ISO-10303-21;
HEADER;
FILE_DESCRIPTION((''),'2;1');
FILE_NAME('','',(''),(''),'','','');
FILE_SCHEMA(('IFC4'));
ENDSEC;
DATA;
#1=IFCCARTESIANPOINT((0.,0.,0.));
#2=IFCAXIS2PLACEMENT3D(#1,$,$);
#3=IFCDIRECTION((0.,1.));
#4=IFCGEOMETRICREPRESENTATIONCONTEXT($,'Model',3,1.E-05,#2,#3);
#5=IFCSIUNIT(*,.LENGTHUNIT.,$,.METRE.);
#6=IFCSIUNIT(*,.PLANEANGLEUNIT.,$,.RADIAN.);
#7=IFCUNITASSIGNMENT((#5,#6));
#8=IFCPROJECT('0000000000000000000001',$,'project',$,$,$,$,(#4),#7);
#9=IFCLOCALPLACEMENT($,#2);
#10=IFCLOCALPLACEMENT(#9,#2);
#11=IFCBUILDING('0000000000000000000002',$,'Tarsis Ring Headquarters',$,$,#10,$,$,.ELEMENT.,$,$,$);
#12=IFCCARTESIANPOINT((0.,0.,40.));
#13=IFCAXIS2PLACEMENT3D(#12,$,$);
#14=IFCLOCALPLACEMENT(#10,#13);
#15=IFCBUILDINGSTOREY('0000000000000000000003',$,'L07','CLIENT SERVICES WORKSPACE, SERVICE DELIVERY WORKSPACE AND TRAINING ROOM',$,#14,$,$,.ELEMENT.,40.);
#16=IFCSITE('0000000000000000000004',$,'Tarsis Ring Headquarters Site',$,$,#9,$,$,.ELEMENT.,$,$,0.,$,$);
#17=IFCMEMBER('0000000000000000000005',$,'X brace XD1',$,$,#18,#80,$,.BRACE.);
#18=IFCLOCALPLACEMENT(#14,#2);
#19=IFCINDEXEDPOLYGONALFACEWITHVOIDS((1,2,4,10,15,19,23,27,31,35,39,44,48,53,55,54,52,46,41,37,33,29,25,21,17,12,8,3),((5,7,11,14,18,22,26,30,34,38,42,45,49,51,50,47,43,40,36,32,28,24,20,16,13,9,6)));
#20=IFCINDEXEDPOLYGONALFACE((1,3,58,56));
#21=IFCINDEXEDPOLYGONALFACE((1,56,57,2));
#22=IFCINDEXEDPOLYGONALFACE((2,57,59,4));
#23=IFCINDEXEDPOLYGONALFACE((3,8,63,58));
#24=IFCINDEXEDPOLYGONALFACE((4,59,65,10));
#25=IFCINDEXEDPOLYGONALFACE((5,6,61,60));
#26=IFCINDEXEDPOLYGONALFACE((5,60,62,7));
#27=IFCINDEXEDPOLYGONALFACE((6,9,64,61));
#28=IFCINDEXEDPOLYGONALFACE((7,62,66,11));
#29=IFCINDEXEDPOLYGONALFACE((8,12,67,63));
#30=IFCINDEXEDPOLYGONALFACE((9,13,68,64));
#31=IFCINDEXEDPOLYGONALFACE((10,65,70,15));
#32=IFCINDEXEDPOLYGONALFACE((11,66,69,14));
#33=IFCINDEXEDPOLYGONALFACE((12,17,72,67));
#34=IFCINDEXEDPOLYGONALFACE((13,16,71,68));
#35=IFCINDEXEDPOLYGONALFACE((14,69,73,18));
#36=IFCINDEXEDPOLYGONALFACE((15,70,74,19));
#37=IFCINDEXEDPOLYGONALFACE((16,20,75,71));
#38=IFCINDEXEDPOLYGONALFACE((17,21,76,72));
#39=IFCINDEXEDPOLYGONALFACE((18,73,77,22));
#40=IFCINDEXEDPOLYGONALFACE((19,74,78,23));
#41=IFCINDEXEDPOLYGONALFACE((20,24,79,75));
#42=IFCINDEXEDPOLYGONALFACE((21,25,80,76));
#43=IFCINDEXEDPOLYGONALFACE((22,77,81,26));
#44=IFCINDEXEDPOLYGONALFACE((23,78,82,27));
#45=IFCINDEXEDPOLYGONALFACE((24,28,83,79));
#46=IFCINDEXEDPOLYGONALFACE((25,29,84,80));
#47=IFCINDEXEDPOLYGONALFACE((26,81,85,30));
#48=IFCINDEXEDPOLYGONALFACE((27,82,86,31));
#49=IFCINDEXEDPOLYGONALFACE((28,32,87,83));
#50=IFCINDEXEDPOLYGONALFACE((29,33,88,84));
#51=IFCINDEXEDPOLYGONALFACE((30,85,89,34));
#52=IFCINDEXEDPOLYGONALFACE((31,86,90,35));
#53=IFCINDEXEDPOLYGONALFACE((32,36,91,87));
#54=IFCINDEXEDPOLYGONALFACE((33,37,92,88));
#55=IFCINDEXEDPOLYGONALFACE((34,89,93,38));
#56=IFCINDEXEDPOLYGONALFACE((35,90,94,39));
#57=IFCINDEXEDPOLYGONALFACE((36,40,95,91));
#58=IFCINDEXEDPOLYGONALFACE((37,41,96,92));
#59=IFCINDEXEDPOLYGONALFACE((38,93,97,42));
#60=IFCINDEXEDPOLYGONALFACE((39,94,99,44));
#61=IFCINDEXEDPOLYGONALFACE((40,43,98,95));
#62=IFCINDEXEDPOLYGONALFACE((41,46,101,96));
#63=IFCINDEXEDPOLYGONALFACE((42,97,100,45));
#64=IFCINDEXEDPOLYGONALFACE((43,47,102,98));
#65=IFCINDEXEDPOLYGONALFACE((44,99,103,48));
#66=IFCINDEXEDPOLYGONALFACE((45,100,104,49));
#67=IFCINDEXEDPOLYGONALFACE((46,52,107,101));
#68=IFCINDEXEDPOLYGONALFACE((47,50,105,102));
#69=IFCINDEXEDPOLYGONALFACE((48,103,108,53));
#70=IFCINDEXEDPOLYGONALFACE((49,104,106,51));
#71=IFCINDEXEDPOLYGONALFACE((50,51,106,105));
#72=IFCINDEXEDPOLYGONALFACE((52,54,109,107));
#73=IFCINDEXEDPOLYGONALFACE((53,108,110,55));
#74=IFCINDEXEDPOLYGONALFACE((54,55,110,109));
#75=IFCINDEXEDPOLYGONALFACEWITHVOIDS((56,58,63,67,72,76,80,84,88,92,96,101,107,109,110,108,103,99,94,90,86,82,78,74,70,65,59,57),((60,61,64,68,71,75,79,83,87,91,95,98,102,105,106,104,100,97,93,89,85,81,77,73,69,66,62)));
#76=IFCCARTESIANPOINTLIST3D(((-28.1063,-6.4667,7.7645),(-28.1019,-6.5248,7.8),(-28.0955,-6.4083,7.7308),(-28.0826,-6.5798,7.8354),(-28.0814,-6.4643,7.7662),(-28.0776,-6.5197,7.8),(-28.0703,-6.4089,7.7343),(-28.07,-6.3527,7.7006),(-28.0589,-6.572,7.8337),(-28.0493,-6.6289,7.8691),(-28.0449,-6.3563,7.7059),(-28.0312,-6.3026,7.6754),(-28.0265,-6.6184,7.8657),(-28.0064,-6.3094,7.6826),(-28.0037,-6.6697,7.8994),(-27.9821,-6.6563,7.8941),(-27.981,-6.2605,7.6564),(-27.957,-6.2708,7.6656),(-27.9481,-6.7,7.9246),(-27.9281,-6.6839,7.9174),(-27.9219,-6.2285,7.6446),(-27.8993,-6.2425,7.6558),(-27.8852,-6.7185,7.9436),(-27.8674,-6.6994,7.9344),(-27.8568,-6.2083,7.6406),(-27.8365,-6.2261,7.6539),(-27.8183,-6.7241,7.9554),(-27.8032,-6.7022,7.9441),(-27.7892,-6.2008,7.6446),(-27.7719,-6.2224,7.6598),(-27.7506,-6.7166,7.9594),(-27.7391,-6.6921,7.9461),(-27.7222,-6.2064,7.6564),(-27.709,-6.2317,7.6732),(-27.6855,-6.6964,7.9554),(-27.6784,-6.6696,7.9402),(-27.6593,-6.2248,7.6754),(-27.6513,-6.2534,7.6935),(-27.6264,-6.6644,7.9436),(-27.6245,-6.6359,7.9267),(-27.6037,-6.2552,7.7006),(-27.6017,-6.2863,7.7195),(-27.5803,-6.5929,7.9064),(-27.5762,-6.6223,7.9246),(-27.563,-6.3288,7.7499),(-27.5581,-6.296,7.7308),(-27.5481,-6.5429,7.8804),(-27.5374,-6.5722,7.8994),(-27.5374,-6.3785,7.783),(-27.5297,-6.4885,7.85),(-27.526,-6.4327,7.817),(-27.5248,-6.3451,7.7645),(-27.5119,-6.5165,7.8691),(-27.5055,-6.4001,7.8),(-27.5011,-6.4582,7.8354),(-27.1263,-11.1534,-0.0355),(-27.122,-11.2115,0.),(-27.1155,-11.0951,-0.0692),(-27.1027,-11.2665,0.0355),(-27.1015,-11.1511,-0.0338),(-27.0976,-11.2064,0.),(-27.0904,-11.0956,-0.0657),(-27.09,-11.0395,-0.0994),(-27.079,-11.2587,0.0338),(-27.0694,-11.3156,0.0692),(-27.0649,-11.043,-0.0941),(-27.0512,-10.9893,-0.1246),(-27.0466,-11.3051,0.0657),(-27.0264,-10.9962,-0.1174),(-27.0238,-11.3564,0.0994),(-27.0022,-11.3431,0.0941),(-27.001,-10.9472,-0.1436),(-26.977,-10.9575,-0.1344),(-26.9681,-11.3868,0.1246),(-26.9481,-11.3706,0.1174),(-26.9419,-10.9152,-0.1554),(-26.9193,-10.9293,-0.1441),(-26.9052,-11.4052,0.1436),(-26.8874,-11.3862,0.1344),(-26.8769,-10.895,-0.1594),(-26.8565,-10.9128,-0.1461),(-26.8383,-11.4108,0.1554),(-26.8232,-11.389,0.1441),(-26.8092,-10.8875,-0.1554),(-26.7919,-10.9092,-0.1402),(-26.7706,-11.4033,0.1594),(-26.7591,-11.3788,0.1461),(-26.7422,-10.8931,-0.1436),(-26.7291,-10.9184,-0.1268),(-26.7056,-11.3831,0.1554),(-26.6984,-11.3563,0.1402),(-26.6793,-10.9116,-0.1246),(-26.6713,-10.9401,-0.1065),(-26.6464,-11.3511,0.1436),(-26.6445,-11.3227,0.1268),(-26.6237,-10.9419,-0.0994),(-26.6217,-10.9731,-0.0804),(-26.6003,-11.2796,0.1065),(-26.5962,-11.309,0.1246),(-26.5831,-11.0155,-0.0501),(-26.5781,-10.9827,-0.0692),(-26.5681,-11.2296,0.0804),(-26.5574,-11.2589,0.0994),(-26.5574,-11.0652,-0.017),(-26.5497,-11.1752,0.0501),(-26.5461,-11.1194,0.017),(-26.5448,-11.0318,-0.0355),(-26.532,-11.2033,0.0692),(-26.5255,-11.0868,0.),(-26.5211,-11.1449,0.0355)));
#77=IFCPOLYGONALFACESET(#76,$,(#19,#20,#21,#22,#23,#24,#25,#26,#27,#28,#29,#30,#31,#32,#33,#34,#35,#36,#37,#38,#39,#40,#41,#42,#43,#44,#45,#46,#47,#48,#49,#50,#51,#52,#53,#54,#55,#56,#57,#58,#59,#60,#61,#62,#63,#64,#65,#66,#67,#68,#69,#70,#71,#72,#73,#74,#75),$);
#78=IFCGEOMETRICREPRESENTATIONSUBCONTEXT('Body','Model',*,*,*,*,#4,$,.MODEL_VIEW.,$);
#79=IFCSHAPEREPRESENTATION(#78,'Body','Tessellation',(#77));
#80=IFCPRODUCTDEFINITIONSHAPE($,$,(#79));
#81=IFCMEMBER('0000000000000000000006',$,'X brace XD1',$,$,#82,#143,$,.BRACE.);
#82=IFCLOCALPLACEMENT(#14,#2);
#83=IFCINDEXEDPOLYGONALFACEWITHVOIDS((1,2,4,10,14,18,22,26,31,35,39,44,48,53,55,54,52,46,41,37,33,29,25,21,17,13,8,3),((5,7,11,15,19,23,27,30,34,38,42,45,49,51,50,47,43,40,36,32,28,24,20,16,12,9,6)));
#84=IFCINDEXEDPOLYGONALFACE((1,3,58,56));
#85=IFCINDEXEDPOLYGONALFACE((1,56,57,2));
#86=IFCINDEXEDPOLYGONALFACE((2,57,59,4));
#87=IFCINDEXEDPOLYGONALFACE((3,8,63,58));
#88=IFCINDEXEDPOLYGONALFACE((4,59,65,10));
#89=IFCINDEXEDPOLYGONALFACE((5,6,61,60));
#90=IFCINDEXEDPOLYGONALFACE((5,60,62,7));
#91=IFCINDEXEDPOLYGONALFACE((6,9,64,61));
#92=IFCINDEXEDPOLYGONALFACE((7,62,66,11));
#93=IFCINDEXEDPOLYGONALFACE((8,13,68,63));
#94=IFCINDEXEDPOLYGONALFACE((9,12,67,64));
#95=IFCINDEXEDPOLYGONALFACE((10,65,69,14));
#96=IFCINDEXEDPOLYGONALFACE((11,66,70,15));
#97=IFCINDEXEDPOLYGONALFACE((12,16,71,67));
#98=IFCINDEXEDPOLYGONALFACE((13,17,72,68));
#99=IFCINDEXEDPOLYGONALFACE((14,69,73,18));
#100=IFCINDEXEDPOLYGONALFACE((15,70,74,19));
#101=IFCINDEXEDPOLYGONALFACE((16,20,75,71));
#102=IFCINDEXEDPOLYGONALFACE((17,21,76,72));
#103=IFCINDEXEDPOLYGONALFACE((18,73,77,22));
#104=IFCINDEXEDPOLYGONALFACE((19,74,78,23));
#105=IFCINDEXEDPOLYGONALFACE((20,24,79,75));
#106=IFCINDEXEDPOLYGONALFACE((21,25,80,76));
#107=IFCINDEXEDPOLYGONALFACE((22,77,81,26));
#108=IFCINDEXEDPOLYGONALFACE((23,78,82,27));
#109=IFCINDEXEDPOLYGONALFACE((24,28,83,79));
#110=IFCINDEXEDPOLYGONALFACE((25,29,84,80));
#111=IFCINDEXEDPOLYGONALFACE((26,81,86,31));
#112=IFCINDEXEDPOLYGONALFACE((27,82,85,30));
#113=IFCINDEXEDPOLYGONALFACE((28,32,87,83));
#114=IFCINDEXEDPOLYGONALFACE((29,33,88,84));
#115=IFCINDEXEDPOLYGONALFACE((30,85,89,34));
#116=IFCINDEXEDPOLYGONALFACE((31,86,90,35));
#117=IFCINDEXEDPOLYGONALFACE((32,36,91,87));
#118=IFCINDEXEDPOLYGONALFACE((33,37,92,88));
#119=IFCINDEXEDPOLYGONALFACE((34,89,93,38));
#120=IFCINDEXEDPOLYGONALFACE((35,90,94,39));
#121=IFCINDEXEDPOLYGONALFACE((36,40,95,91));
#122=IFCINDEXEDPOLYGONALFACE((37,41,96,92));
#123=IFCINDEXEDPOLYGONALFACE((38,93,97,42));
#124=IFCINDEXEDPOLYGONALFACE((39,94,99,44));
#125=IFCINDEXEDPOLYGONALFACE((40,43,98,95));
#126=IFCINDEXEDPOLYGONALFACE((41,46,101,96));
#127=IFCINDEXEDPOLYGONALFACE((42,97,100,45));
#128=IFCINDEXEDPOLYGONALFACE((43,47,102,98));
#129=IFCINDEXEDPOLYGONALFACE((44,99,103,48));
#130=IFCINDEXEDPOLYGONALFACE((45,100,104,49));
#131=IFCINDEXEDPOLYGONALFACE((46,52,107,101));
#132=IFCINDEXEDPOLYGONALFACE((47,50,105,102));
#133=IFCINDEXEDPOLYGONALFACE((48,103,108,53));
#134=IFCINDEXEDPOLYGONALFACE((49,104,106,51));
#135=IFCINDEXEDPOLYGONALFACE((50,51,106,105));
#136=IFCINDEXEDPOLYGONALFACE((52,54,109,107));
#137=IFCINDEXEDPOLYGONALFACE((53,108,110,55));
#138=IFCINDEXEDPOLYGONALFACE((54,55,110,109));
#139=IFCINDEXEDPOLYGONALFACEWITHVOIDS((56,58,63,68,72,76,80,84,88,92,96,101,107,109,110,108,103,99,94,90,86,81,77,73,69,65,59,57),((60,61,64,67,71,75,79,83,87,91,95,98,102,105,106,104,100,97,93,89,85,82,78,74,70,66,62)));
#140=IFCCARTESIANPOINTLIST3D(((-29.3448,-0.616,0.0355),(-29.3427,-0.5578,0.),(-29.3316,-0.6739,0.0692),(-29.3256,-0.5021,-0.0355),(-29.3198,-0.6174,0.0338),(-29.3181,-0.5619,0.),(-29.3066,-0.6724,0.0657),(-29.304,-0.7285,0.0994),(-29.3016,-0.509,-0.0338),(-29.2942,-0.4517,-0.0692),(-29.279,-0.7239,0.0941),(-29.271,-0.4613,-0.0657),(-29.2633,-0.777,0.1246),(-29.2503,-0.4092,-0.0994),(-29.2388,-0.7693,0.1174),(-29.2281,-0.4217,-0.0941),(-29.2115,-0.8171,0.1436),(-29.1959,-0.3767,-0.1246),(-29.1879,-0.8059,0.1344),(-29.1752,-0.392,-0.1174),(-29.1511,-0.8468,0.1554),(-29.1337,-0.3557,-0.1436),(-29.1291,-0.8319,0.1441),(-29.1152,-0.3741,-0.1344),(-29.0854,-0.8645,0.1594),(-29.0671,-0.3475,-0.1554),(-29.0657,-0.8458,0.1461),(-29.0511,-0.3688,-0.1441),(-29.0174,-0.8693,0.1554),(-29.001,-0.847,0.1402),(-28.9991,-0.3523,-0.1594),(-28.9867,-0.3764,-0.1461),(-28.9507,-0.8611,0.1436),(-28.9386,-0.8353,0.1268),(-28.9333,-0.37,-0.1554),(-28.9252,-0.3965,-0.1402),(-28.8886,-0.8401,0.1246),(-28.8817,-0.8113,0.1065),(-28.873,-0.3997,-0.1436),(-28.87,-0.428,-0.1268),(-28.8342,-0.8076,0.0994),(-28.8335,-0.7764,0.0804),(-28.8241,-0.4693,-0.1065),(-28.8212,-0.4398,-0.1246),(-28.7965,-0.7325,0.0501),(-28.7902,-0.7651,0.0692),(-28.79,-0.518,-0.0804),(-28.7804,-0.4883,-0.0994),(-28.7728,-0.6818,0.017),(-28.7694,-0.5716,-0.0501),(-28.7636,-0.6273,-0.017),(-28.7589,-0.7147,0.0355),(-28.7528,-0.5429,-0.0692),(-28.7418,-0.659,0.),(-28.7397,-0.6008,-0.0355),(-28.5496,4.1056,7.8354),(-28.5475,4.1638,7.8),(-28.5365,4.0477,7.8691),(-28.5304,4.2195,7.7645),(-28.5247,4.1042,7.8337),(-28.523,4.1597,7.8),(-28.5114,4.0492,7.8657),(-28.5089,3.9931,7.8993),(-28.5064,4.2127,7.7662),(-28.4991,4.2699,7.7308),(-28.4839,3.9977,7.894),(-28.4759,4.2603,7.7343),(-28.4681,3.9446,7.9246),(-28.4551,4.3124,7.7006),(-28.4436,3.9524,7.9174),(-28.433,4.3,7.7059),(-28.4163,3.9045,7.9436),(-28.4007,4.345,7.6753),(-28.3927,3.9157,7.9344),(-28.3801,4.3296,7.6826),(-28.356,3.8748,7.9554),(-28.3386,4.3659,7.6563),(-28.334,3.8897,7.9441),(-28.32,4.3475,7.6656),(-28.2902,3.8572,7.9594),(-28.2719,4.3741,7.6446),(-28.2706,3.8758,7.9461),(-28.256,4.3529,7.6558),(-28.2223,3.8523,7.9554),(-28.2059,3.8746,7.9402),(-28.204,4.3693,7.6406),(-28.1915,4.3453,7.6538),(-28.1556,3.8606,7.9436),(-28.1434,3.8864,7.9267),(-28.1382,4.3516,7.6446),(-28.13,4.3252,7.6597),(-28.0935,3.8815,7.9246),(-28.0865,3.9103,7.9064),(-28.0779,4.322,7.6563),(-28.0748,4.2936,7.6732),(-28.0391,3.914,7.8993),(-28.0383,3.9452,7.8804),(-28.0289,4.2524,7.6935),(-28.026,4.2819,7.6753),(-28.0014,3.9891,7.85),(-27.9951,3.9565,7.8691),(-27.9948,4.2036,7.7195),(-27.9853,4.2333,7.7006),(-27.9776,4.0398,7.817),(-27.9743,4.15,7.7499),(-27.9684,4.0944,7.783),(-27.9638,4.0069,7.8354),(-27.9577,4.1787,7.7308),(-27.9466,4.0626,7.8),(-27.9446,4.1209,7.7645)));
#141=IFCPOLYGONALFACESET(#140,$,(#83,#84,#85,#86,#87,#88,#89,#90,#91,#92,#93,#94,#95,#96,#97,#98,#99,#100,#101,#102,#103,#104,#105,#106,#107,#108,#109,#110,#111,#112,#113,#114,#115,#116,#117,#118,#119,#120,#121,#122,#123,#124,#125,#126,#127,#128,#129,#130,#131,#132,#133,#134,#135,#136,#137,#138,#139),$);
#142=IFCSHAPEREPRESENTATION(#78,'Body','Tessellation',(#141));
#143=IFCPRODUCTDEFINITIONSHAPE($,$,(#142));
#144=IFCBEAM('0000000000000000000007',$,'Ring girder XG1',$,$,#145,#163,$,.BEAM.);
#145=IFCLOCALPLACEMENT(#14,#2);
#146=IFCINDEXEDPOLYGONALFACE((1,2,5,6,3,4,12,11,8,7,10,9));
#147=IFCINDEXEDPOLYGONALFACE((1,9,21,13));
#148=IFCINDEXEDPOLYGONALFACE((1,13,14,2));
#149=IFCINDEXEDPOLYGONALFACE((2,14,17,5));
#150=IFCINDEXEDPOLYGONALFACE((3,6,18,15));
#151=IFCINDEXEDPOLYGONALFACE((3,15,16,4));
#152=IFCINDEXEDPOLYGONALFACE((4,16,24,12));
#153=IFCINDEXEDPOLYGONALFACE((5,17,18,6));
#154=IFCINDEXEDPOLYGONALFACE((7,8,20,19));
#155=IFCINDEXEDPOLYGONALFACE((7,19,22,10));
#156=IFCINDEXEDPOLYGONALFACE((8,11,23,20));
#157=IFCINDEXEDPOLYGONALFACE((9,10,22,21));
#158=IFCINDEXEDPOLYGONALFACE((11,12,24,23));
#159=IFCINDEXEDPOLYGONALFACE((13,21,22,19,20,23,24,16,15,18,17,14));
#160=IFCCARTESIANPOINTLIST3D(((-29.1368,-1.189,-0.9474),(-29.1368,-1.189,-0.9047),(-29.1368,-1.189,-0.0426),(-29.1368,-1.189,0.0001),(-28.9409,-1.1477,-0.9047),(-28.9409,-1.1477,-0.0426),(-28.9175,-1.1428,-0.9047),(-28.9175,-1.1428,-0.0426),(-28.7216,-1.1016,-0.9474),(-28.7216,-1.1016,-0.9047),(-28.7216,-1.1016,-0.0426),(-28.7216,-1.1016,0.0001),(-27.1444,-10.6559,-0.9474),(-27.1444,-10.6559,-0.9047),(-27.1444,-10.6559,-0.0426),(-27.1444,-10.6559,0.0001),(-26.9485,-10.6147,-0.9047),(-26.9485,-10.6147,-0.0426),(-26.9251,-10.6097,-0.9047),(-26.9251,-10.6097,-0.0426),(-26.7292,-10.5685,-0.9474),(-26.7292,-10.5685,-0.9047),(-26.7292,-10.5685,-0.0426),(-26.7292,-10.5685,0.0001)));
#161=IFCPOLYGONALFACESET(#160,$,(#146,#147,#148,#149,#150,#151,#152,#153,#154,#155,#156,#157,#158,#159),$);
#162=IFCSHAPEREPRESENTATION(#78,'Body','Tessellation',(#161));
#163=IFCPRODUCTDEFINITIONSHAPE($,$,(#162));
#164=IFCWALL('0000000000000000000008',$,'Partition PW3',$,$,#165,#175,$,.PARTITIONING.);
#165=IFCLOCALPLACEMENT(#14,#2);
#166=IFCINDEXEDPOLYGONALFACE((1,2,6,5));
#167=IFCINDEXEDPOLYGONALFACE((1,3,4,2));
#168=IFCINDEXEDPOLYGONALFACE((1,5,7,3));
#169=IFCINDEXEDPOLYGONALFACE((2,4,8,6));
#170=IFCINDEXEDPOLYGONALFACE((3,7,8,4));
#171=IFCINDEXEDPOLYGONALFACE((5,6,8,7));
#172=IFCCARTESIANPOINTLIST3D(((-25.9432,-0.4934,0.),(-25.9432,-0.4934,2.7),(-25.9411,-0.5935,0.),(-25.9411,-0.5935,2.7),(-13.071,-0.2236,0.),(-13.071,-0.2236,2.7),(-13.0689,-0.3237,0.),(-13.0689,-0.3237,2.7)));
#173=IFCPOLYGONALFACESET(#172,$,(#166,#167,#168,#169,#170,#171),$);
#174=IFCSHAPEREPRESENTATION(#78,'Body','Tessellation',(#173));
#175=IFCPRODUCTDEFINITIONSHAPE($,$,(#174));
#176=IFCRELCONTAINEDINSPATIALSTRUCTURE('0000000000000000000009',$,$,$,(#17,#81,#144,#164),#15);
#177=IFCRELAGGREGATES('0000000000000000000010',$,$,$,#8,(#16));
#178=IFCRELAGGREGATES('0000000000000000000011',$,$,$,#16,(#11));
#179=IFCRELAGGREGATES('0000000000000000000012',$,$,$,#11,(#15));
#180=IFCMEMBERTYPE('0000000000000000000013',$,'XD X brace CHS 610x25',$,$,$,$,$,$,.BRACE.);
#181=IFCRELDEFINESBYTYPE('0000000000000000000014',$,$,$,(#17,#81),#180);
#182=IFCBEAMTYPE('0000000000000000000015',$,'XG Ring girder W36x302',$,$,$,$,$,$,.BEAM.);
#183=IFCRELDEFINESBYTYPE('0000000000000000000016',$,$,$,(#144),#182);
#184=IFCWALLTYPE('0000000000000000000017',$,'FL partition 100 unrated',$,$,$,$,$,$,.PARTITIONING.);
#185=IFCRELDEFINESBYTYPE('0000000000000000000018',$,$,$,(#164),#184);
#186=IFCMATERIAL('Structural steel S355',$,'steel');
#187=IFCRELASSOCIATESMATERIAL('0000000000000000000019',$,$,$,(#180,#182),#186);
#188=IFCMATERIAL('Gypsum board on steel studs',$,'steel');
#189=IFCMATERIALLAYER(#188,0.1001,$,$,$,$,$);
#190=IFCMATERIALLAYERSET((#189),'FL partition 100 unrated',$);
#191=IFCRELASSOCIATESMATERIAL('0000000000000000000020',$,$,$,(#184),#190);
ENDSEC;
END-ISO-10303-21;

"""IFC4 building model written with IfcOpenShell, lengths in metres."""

from ifc_helpers import new_model, si_unit, direction, frame, frame_2d, origin, origin_2d, place, context, subcontext, project, spatial, rectangle, hollow_circle, i_section, extrude, material, layer, layer_set, material_profile, profile_set, type_object, element, save


model = new_model("IFC4")

# Units and contexts
model_context = context("Model", 3, precision=1e-05, world=origin(), true_north=direction((0.0, 1.0)))
body_context = subcontext(model_context, "Body", "Model", "MODEL_VIEW")
ifc_project = project(units=[si_unit("LENGTHUNIT", "METRE"), si_unit("PLANEANGLEUNIT", "RADIAN")], contexts=[model_context])

# Site, building, storey
site_placement = place(None, origin())
site = spatial("IfcSite", under=ifc_project, at=site_placement, Name="Tarsis Ring Headquarters Site", CompositionType="ELEMENT", RefElevation=0.0)
building_placement = place(site_placement, origin())
building = spatial("IfcBuilding", under=site, at=building_placement, Name="Tarsis Ring Headquarters", CompositionType="ELEMENT")
storey_placement = place(building_placement, frame((0.0, 0.0, 40.0)))
storey = spatial("IfcBuildingStorey", under=building, at=storey_placement, Name="L07", Description="CLIENT SERVICES WORKSPACE, SERVICE DELIVERY WORKSPACE AND TRAINING ROOM", CompositionType="ELEMENT", Elevation=40.0)

# Shared definitions
ifc_material_1 = material(Name="Structural steel S355", Category="steel")
ifc_material_profile_1 = material_profile(ifc_material_1, i_section(OverallWidth=0.4243, OverallDepth=0.9475, WebThickness=0.0239, FlangeThickness=0.0427, at=origin_2d()), Name="W36x302")
ifc_profile_set_1 = profile_set([ifc_material_profile_1], Name="Structural steel S355")

# Members
ifc_material_profile_2 = material_profile(ifc_material_1, hollow_circle(Radius=0.3047, WallThickness=0.0249, at=origin_2d()), Name="CHS 610x25")
ifc_profile_set_2 = profile_set([ifc_material_profile_2], Name="Structural steel S355")
member_type = type_object("IfcMemberType", Name="XD X brace CHS 610x25", PredefinedType="BRACE", material=ifc_profile_set_2)
for number, where, z_axis, x_axis, name in (
    (1, (-26.8237, -11.1492, 0.0), (-0.107073, 0.512079, 0.852238), (-0.978831, -0.204669, 0.0), "X brace XD1"),
    (2, (-29.0422, -0.6084, 0.0), (0.08688, 0.515893, 0.852236), (-0.986114, 0.166069, 0.0), "X brace XD1"),
):
    element("IfcMember", number, at=place(storey_placement, frame(where, z_axis=z_axis, x_axis=x_axis)), inside=storey, type_object=member_type, Name=name, PredefinedType="BRACE", context=body_context, shape_type="SweptSolid", body=[
        extrude(hollow_circle(Radius=0.3047, WallThickness=0.0249, at=origin_2d()), origin(), (0.0, 0.0, 1.0), 9.1523),
    ])

# Beam
beam_type_1 = type_object("IfcBeamType", Name="XG Ring girder W36x302", PredefinedType="BEAM", material=ifc_profile_set_1)
beam_1_placement = place(storey_placement, frame((-28.9292, -1.1453, -0.4736), z_axis=(0.205948, -0.978563, 0.0), x_axis=(0.978563, 0.205948, 0.0)))
element("IfcBeam", 3, at=beam_1_placement, inside=storey, type_object=beam_type_1, Name="Ring girder XG1", PredefinedType="BEAM", context=body_context, shape_type="SweptSolid", body=[
    extrude(i_section(OverallWidth=0.4243, OverallDepth=0.9475, WebThickness=0.0239, FlangeThickness=0.0427, at=origin_2d()), origin(), (0.0, 0.0, 1.0), 9.6743),
])

# Wall
ifc_material_2 = material(Name="Gypsum board on steel studs", Category="steel")
ifc_layer_1 = layer(ifc_material_2, 0.1001)
ifc_layer_set_1 = layer_set([ifc_layer_1], Name="FL partition 100 unrated")
wall_type_1 = type_object("IfcWallType", Name="FL partition 100 unrated", PredefinedType="PARTITIONING", material=ifc_layer_set_1)
wall_1_placement = place(storey_placement, frame((-25.9421, -0.5435, 0.0), z_axis=(0.0, 0.0, 1.0), x_axis=(0.99978, 0.020954, 0.0)))
element("IfcWall", 4, at=wall_1_placement, inside=storey, type_object=wall_type_1, Name="Partition PW3", PredefinedType="PARTITIONING", context=body_context, shape_type="SweptSolid", body=[
    extrude(rectangle(XDim=12.875, YDim=0.1001, at=frame_2d((6.4375, 0.0))), origin(), (0.0, 0.0, 1.0), 2.7),
])

save(model, "model.ifc")
